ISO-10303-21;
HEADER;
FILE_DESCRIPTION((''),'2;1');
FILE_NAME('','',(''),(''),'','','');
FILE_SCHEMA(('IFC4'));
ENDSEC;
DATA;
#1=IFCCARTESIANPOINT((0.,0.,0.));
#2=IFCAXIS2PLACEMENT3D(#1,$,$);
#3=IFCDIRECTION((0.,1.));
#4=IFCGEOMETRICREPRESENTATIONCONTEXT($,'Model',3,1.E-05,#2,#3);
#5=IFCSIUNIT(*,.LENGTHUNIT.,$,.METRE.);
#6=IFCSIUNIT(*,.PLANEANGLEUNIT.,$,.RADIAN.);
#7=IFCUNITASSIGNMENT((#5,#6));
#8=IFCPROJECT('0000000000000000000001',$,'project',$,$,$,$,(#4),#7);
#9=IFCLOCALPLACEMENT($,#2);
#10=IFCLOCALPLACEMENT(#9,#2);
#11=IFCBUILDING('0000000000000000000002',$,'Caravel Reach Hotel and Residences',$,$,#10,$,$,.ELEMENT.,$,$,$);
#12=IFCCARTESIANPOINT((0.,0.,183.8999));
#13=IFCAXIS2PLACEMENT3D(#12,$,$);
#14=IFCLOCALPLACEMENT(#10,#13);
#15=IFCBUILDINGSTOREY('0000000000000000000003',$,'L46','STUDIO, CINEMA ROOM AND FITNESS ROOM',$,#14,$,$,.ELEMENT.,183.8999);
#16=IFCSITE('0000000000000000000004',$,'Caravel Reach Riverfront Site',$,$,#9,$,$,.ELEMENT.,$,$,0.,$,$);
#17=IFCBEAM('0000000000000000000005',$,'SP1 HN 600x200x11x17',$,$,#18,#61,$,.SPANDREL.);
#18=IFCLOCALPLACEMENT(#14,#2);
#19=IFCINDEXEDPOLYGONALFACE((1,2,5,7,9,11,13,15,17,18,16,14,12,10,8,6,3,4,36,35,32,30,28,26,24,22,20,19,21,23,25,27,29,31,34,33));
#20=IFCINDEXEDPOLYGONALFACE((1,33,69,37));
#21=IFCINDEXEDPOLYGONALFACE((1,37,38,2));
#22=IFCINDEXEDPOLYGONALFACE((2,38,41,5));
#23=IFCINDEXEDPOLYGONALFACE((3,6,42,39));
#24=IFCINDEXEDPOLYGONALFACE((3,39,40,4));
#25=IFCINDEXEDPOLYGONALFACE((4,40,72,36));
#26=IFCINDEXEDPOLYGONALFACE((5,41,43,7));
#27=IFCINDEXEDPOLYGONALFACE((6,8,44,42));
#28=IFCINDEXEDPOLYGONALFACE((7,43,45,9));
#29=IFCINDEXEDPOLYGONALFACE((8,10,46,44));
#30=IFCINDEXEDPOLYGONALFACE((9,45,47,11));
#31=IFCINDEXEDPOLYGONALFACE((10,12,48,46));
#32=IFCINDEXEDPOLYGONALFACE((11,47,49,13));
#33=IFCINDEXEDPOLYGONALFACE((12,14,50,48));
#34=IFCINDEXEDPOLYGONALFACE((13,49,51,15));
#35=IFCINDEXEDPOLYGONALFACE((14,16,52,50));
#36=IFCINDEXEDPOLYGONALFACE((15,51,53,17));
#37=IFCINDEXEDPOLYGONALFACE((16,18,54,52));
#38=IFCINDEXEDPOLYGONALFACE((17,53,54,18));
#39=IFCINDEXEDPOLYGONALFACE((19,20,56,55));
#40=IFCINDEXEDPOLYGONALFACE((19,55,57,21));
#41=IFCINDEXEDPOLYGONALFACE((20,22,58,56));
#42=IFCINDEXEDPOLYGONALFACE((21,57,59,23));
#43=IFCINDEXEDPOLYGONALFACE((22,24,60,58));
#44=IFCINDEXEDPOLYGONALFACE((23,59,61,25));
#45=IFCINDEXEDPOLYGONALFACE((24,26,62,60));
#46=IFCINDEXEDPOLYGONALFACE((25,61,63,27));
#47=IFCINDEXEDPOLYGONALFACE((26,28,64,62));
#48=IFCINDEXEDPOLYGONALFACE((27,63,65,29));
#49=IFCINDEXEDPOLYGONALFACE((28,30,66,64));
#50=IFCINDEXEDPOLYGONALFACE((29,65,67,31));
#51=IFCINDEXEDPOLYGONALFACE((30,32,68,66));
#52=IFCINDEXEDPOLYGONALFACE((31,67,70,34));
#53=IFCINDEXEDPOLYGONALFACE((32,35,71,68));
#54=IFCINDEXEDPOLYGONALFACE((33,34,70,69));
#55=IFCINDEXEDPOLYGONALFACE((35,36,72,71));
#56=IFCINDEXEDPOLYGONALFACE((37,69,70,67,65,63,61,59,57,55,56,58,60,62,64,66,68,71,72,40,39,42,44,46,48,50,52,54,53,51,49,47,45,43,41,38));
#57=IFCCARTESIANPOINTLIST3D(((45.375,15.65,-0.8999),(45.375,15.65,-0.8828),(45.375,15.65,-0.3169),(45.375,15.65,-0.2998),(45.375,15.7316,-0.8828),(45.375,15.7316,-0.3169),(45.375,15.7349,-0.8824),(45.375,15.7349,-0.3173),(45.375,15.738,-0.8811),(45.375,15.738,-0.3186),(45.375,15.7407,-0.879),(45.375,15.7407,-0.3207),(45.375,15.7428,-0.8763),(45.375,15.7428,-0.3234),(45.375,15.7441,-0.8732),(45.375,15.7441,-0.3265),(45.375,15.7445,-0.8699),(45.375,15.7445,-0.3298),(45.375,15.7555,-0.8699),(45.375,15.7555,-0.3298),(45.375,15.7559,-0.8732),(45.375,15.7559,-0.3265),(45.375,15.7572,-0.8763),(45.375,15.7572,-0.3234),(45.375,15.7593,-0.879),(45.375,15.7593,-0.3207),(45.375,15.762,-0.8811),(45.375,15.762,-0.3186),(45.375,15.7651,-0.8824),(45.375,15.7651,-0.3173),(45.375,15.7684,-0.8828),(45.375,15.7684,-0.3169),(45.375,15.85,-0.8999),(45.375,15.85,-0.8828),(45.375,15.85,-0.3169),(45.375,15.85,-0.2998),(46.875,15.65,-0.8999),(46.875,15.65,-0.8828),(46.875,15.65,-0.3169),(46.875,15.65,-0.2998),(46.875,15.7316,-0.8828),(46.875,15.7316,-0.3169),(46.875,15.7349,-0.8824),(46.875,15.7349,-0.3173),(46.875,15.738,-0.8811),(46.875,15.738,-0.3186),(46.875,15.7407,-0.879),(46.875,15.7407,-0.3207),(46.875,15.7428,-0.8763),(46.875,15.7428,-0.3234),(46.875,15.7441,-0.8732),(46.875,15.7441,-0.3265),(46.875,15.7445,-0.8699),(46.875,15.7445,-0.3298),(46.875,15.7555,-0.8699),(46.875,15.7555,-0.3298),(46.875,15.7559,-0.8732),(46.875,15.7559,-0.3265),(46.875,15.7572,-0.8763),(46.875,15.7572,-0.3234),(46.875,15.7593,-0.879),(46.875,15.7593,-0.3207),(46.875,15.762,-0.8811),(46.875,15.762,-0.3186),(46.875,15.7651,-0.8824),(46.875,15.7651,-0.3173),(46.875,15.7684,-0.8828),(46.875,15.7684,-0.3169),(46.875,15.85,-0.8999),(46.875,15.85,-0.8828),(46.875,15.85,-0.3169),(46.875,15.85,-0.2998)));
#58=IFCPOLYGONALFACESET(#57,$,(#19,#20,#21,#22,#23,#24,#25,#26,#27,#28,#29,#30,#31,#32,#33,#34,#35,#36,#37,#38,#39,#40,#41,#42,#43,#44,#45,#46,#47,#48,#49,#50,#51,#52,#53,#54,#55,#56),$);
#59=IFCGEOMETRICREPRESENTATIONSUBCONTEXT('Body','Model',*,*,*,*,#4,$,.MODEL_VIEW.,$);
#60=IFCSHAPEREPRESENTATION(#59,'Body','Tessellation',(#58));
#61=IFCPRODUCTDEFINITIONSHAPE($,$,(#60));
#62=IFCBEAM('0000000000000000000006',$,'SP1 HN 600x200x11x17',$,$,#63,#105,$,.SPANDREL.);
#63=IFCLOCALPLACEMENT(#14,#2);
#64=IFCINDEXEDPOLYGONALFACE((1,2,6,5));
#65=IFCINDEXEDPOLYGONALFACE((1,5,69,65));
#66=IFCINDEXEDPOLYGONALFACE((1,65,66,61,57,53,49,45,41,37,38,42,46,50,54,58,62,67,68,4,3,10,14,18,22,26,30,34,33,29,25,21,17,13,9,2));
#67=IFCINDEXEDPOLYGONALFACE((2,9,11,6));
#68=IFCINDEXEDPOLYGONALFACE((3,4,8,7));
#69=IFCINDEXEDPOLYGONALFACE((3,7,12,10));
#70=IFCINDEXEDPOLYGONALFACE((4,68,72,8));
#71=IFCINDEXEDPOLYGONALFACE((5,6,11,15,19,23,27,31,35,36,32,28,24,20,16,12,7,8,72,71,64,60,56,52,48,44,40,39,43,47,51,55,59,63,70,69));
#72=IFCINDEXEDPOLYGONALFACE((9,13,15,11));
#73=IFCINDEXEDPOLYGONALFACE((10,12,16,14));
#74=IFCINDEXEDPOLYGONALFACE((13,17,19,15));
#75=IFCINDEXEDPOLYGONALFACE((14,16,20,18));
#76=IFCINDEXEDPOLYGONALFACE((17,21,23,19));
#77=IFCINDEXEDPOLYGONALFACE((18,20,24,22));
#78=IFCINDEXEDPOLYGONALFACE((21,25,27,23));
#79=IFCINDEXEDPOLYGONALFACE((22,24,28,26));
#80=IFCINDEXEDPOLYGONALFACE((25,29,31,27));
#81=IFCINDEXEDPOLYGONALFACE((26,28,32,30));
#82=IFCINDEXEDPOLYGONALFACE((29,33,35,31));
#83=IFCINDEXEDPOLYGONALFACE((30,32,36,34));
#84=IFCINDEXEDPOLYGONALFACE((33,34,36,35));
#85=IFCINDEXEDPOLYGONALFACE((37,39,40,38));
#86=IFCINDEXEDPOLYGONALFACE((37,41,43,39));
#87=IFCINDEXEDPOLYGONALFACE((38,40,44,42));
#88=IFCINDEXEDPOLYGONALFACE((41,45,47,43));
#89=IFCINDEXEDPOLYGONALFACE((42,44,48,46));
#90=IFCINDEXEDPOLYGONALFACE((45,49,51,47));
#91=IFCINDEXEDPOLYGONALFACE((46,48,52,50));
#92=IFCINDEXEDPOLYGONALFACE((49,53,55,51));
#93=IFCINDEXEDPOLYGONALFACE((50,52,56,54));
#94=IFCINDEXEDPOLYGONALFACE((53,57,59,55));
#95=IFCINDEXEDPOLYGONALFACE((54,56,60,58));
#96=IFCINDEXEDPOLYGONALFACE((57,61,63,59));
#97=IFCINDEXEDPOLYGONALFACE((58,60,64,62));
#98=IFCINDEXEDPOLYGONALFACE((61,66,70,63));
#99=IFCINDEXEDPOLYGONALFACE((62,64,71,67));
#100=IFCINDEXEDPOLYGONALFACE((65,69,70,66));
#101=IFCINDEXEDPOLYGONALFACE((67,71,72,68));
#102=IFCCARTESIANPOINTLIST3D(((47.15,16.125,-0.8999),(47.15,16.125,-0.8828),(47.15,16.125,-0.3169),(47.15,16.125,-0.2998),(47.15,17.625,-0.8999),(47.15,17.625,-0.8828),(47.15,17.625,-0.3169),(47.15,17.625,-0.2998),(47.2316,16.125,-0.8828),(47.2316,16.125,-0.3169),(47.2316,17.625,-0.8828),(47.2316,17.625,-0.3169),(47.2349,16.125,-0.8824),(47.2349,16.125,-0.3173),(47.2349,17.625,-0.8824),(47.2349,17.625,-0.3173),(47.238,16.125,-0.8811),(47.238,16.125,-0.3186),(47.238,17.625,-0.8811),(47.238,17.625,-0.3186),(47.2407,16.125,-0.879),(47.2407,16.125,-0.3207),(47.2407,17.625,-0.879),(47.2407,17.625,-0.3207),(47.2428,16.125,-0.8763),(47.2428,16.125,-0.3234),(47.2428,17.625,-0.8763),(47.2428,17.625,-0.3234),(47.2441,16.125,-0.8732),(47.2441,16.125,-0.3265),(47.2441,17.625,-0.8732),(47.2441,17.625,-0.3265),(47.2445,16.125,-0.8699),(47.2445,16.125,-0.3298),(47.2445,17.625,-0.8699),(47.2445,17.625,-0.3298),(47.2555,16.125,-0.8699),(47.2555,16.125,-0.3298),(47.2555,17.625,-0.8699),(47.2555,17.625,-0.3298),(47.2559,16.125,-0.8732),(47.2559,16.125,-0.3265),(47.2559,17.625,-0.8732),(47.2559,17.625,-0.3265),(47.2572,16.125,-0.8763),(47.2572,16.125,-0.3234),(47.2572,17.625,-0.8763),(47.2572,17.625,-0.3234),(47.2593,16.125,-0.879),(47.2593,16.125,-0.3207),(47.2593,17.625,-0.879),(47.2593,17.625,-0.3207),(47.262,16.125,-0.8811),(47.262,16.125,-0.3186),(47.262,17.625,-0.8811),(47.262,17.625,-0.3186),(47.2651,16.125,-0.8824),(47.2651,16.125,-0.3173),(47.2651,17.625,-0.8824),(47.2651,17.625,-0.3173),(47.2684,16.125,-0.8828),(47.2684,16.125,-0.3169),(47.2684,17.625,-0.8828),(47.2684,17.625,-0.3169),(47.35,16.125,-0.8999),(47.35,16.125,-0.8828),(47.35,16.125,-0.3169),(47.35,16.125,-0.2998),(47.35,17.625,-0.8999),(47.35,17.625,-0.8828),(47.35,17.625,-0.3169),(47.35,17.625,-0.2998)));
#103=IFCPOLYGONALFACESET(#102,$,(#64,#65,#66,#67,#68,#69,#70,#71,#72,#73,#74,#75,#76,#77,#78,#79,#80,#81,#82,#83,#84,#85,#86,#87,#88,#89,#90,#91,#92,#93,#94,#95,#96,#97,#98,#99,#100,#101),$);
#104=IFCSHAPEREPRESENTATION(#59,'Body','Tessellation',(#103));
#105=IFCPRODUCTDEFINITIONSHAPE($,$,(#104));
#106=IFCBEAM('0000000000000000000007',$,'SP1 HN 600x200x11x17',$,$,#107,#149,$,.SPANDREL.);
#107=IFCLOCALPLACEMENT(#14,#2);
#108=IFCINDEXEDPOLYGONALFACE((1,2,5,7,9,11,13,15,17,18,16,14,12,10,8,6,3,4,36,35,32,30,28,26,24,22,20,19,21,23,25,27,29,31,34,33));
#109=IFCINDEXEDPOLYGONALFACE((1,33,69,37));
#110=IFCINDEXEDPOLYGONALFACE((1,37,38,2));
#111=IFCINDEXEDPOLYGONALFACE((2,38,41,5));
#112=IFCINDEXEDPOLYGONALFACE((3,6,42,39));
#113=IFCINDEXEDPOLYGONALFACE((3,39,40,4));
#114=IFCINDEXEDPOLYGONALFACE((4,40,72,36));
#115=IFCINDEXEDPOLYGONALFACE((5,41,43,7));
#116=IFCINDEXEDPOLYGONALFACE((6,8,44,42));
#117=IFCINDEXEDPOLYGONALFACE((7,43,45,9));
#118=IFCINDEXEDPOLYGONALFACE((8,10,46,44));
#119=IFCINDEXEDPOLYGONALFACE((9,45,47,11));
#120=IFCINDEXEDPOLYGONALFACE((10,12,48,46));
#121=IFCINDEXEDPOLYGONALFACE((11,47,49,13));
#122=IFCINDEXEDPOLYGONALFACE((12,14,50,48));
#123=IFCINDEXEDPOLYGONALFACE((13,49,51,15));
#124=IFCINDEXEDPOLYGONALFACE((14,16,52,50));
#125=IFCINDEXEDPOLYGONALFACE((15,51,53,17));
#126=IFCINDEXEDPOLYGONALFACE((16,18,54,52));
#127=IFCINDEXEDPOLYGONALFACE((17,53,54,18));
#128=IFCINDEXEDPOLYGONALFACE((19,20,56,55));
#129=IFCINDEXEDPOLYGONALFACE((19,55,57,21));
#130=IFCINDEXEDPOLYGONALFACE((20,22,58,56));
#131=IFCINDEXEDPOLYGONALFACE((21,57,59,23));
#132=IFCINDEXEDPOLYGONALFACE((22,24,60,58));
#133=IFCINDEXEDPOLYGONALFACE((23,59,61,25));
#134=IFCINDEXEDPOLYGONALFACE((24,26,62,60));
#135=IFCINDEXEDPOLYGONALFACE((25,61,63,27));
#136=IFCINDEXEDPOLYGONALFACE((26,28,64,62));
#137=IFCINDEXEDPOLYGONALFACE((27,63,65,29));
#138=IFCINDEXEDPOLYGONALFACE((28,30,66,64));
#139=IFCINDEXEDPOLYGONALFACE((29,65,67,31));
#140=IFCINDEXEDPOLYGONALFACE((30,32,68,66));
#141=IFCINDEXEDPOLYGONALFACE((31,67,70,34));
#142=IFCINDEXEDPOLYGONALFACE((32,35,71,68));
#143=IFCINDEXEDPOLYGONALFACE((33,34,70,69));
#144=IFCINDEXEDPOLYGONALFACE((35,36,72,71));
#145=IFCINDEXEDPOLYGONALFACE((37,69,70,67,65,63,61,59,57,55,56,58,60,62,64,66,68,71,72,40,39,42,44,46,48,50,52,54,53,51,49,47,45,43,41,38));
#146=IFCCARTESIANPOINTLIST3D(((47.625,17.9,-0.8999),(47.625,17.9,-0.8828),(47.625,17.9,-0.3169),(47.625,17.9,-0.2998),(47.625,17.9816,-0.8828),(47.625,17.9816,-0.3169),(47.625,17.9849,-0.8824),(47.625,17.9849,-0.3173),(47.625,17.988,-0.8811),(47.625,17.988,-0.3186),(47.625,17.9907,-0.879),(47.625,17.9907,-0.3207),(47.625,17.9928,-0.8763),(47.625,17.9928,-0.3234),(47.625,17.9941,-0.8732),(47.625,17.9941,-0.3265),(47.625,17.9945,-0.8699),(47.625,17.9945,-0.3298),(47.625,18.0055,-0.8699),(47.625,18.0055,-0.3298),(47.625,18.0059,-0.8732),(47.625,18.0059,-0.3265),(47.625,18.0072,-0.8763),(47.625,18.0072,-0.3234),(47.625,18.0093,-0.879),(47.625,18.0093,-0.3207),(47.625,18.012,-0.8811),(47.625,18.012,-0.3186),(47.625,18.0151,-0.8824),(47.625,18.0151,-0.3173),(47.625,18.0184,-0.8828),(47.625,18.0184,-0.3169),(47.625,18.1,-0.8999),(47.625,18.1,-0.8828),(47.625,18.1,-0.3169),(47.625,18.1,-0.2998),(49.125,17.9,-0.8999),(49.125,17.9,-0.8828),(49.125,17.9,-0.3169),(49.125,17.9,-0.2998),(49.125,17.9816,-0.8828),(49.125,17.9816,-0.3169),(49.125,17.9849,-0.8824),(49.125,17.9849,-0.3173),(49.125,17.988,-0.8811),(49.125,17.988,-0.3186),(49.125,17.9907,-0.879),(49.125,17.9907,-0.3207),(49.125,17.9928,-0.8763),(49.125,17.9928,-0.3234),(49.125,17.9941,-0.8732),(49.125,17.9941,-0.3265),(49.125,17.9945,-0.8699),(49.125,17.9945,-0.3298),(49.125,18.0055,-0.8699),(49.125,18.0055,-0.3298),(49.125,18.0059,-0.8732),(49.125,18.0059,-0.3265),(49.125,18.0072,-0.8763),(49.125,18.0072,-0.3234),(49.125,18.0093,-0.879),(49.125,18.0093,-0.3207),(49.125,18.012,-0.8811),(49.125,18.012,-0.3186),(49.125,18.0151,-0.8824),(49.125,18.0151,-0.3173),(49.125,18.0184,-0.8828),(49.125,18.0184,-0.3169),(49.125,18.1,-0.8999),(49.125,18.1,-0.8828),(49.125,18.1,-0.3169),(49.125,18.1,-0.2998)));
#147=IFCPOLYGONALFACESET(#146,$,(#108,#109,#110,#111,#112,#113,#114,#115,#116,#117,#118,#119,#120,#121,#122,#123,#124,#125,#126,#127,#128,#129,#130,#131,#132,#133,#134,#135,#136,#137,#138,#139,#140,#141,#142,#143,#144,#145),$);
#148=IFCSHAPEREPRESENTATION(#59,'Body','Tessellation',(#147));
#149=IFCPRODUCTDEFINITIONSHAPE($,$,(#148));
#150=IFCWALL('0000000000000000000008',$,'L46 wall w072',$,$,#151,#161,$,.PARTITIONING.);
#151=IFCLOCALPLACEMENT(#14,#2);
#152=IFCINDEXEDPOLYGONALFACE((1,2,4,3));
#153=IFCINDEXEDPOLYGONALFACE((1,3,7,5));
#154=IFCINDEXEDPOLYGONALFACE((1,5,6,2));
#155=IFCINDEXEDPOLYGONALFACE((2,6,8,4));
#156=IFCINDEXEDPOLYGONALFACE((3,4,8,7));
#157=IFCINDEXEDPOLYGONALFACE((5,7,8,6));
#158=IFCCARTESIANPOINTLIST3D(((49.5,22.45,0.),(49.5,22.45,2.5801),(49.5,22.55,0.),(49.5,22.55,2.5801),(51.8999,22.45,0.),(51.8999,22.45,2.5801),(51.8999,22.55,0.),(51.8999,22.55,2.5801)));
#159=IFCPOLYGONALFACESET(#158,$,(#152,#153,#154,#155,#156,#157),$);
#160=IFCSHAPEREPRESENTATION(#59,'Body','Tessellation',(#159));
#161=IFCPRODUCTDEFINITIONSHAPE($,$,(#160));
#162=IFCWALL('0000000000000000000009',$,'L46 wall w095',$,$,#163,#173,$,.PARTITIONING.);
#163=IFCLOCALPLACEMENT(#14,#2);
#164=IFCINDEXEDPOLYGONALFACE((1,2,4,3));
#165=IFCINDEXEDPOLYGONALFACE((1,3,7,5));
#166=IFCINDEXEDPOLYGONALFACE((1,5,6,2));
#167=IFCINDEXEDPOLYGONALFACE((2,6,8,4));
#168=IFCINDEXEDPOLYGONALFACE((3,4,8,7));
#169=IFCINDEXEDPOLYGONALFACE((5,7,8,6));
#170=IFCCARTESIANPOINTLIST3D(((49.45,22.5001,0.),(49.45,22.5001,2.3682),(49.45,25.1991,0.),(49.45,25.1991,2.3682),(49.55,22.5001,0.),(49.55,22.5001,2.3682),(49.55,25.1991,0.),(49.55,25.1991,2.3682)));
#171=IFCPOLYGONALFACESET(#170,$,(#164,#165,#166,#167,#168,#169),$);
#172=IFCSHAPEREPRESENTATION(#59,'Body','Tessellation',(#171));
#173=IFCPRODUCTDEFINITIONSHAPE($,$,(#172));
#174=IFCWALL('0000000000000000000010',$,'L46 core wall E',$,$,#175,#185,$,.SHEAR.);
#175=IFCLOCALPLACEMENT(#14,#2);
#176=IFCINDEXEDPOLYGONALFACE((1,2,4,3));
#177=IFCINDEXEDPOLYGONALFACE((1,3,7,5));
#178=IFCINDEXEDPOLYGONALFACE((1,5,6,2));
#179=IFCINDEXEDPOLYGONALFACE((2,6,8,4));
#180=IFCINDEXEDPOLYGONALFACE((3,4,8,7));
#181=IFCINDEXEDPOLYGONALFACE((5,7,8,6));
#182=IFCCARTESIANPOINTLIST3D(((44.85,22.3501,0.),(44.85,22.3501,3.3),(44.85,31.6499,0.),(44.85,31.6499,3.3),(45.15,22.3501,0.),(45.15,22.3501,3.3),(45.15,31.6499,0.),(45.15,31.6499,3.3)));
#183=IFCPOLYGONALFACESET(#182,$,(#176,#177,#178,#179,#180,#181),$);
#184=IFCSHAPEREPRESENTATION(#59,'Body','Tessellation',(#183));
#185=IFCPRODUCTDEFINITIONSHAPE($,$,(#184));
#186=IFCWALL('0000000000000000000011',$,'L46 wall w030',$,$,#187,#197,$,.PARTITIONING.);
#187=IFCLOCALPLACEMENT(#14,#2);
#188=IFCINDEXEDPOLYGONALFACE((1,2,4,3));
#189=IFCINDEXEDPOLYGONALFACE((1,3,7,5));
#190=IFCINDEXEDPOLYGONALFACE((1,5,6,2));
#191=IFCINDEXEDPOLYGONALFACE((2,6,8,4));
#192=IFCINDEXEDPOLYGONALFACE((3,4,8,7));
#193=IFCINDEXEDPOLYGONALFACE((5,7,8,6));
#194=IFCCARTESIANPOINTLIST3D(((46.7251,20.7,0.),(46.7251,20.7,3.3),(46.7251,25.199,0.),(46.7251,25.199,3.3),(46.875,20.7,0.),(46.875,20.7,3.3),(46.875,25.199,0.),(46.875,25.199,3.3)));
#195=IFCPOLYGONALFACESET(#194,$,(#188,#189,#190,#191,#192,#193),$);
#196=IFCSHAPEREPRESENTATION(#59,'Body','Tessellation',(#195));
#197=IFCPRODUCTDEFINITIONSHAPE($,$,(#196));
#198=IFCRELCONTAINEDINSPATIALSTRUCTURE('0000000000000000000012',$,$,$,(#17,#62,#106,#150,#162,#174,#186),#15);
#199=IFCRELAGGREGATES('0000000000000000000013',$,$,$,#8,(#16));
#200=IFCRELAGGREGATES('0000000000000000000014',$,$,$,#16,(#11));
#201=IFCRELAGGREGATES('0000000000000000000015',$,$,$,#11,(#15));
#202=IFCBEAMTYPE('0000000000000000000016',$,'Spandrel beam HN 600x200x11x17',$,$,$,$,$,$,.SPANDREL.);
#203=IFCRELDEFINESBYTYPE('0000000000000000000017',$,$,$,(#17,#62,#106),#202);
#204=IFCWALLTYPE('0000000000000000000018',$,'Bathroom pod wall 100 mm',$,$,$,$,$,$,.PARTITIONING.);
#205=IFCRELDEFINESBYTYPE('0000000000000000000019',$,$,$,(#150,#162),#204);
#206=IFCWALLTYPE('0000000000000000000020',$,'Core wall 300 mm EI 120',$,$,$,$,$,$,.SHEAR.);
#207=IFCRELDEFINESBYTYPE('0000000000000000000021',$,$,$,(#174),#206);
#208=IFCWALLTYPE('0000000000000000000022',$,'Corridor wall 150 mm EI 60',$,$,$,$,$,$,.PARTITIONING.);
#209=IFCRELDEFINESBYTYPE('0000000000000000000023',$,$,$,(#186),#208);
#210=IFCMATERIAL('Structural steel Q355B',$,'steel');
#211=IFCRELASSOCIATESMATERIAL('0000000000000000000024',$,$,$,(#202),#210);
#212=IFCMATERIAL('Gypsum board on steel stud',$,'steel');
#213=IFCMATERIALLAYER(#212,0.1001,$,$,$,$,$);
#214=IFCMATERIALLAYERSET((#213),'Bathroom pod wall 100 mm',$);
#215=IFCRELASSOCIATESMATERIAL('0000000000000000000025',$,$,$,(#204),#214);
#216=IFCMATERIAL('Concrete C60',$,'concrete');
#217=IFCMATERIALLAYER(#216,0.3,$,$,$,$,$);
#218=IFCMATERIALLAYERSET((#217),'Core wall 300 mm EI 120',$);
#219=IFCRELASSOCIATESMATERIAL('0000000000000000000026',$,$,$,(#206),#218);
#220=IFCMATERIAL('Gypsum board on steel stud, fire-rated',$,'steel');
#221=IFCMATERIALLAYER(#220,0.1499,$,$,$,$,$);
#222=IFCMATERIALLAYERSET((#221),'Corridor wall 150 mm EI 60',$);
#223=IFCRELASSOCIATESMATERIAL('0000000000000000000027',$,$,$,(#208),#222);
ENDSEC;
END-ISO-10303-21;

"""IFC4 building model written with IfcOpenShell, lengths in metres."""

from ifc_helpers import new_model, si_unit, direction, frame, frame_2d, origin, origin_2d, place, context, subcontext, project, spatial, rectangle, i_section, extrude, material, layer, layer_set, material_profile, profile_set, type_object, element, save


model = new_model("IFC4")

# Units and contexts
model_context = context("Model", 3, precision=1e-05, world=origin(), true_north=direction((0.0, 1.0)))
body_context = subcontext(model_context, "Body", "Model", "MODEL_VIEW")
ifc_project = project(units=[si_unit("LENGTHUNIT", "METRE"), si_unit("PLANEANGLEUNIT", "RADIAN")], contexts=[model_context])

# Site, building, storey
site_placement = place(None, origin())
site = spatial("IfcSite", under=ifc_project, at=site_placement, Name="Caravel Reach Riverfront Site", CompositionType="ELEMENT", RefElevation=0.0)
building_placement = place(site_placement, origin())
building = spatial("IfcBuilding", under=site, at=building_placement, Name="Caravel Reach Hotel and Residences", CompositionType="ELEMENT")
storey_placement = place(building_placement, frame((0.0, 0.0, 183.8999)))
storey = spatial("IfcBuildingStorey", under=building, at=storey_placement, Name="L46", Description="STUDIO, CINEMA ROOM AND FITNESS ROOM", CompositionType="ELEMENT", Elevation=183.8999)

# Beams
ifc_material_1 = material(Name="Structural steel Q355B", Category="steel")
ifc_material_profile_1 = material_profile(ifc_material_1, i_section(OverallWidth=0.2, OverallDepth=0.6001, WebThickness=0.011, FlangeThickness=0.0171, FilletRadius=0.0129, at=origin_2d()), Name="HN 600x200x11x17")
ifc_profile_set_1 = profile_set([ifc_material_profile_1], Name="Structural steel Q355B")
beam_type_1 = type_object("IfcBeamType", Name="Spandrel beam HN 600x200x11x17", PredefinedType="SPANDREL", material=ifc_profile_set_1)
for number, where, z_axis, x_axis, name in (
    (1, (45.375, 15.75, -0.5999), (1.0, 0.0, 0.0), (0.0, 1.0, 0.0), "SP1 HN 600x200x11x17"),
    (2, (47.25, 16.125, -0.5999), (0.0, 1.0, 0.0), (-1.0, 0.0, 0.0), "SP1 HN 600x200x11x17"),
    (3, (47.625, 18.0, -0.5999), (1.0, 0.0, 0.0), (0.0, 1.0, 0.0), "SP1 HN 600x200x11x17"),
):
    element("IfcBeam", number, at=place(storey_placement, frame(where, z_axis=z_axis, x_axis=x_axis)), inside=storey, type_object=beam_type_1, Name=name, PredefinedType="SPANDREL", context=body_context, shape_type="SweptSolid", body=[
        extrude(i_section(OverallWidth=0.2, OverallDepth=0.6001, WebThickness=0.011, FlangeThickness=0.0171, FilletRadius=0.0129, at=origin_2d()), origin(), (0.0, 0.0, 1.0), 1.5),
    ])

# Walls
ifc_material_2 = material(Name="Gypsum board on steel stud", Category="steel")
ifc_layer_1 = layer(ifc_material_2, 0.1001)
ifc_layer_set_1 = layer_set([ifc_layer_1], Name="Bathroom pod wall 100 mm")
wall_type_1 = type_object("IfcWallType", Name="Bathroom pod wall 100 mm", PredefinedType="PARTITIONING", material=ifc_layer_set_1)
wall_1_placement = place(storey_placement, frame((49.5, 22.5, 0.0), z_axis=(0.0, 0.0, 1.0), x_axis=(1.0, 0.0, 0.0)))
element("IfcWall", 4, at=wall_1_placement, inside=storey, type_object=wall_type_1, Name="L46 wall w072", PredefinedType="PARTITIONING", context=body_context, shape_type="SweptSolid", body=[
    extrude(rectangle(XDim=2.3999, YDim=0.1001, at=frame_2d((1.2, 0.0))), origin(), (0.0, 0.0, 1.0), 2.5801),
])
wall_2_placement = place(storey_placement, frame((49.5, 22.5, 0.0), z_axis=(0.0, 0.0, 1.0), x_axis=(0.0, 1.0, 0.0)))
element("IfcWall", 5, at=wall_2_placement, inside=storey, type_object=wall_type_1, Name="L46 wall w095", PredefinedType="PARTITIONING", context=body_context, shape_type="SweptSolid", body=[
    extrude(rectangle(XDim=2.699, YDim=0.1001, at=frame_2d((1.3496, 0.0))), origin(), (0.0, 0.0, 1.0), 2.3682),
])
ifc_material_3 = material(Name="Concrete C60", Category="concrete")
ifc_layer_2 = layer(ifc_material_3, 0.3)
ifc_layer_set_2 = layer_set([ifc_layer_2], Name="Core wall 300 mm EI 120")
wall_type_2 = type_object("IfcWallType", Name="Core wall 300 mm EI 120", PredefinedType="SHEAR", material=ifc_layer_set_2)
wall_3_placement = place(storey_placement, frame((45.0, 22.3501, 0.0), z_axis=(0.0, 0.0, 1.0), x_axis=(0.0, 1.0, 0.0)))
element("IfcWall", 6, at=wall_3_placement, inside=storey, type_object=wall_type_2, Name="L46 core wall E", PredefinedType="SHEAR", context=body_context, shape_type="SweptSolid", body=[
    extrude(rectangle(XDim=9.2998, YDim=0.3, at=frame_2d((4.6499, 0.0))), origin(), (0.0, 0.0, 1.0), 3.3),
])
ifc_material_4 = material(Name="Gypsum board on steel stud, fire-rated", Category="steel")
ifc_layer_3 = layer(ifc_material_4, 0.1499)
ifc_layer_set_3 = layer_set([ifc_layer_3], Name="Corridor wall 150 mm EI 60")
wall_type_3 = type_object("IfcWallType", Name="Corridor wall 150 mm EI 60", PredefinedType="PARTITIONING", material=ifc_layer_set_3)
wall_4_placement = place(storey_placement, frame((46.8, 20.7, 0.0), z_axis=(0.0, 0.0, 1.0), x_axis=(0.0, 1.0, 0.0)))
element("IfcWall", 7, at=wall_4_placement, inside=storey, type_object=wall_type_3, Name="L46 wall w030", PredefinedType="PARTITIONING", context=body_context, shape_type="SweptSolid", body=[
    extrude(rectangle(XDim=4.499, YDim=0.1499, at=frame_2d((2.2495, 0.0))), origin(), (0.0, 0.0, 1.0), 3.3),
])

save(model, "model.ifc")
